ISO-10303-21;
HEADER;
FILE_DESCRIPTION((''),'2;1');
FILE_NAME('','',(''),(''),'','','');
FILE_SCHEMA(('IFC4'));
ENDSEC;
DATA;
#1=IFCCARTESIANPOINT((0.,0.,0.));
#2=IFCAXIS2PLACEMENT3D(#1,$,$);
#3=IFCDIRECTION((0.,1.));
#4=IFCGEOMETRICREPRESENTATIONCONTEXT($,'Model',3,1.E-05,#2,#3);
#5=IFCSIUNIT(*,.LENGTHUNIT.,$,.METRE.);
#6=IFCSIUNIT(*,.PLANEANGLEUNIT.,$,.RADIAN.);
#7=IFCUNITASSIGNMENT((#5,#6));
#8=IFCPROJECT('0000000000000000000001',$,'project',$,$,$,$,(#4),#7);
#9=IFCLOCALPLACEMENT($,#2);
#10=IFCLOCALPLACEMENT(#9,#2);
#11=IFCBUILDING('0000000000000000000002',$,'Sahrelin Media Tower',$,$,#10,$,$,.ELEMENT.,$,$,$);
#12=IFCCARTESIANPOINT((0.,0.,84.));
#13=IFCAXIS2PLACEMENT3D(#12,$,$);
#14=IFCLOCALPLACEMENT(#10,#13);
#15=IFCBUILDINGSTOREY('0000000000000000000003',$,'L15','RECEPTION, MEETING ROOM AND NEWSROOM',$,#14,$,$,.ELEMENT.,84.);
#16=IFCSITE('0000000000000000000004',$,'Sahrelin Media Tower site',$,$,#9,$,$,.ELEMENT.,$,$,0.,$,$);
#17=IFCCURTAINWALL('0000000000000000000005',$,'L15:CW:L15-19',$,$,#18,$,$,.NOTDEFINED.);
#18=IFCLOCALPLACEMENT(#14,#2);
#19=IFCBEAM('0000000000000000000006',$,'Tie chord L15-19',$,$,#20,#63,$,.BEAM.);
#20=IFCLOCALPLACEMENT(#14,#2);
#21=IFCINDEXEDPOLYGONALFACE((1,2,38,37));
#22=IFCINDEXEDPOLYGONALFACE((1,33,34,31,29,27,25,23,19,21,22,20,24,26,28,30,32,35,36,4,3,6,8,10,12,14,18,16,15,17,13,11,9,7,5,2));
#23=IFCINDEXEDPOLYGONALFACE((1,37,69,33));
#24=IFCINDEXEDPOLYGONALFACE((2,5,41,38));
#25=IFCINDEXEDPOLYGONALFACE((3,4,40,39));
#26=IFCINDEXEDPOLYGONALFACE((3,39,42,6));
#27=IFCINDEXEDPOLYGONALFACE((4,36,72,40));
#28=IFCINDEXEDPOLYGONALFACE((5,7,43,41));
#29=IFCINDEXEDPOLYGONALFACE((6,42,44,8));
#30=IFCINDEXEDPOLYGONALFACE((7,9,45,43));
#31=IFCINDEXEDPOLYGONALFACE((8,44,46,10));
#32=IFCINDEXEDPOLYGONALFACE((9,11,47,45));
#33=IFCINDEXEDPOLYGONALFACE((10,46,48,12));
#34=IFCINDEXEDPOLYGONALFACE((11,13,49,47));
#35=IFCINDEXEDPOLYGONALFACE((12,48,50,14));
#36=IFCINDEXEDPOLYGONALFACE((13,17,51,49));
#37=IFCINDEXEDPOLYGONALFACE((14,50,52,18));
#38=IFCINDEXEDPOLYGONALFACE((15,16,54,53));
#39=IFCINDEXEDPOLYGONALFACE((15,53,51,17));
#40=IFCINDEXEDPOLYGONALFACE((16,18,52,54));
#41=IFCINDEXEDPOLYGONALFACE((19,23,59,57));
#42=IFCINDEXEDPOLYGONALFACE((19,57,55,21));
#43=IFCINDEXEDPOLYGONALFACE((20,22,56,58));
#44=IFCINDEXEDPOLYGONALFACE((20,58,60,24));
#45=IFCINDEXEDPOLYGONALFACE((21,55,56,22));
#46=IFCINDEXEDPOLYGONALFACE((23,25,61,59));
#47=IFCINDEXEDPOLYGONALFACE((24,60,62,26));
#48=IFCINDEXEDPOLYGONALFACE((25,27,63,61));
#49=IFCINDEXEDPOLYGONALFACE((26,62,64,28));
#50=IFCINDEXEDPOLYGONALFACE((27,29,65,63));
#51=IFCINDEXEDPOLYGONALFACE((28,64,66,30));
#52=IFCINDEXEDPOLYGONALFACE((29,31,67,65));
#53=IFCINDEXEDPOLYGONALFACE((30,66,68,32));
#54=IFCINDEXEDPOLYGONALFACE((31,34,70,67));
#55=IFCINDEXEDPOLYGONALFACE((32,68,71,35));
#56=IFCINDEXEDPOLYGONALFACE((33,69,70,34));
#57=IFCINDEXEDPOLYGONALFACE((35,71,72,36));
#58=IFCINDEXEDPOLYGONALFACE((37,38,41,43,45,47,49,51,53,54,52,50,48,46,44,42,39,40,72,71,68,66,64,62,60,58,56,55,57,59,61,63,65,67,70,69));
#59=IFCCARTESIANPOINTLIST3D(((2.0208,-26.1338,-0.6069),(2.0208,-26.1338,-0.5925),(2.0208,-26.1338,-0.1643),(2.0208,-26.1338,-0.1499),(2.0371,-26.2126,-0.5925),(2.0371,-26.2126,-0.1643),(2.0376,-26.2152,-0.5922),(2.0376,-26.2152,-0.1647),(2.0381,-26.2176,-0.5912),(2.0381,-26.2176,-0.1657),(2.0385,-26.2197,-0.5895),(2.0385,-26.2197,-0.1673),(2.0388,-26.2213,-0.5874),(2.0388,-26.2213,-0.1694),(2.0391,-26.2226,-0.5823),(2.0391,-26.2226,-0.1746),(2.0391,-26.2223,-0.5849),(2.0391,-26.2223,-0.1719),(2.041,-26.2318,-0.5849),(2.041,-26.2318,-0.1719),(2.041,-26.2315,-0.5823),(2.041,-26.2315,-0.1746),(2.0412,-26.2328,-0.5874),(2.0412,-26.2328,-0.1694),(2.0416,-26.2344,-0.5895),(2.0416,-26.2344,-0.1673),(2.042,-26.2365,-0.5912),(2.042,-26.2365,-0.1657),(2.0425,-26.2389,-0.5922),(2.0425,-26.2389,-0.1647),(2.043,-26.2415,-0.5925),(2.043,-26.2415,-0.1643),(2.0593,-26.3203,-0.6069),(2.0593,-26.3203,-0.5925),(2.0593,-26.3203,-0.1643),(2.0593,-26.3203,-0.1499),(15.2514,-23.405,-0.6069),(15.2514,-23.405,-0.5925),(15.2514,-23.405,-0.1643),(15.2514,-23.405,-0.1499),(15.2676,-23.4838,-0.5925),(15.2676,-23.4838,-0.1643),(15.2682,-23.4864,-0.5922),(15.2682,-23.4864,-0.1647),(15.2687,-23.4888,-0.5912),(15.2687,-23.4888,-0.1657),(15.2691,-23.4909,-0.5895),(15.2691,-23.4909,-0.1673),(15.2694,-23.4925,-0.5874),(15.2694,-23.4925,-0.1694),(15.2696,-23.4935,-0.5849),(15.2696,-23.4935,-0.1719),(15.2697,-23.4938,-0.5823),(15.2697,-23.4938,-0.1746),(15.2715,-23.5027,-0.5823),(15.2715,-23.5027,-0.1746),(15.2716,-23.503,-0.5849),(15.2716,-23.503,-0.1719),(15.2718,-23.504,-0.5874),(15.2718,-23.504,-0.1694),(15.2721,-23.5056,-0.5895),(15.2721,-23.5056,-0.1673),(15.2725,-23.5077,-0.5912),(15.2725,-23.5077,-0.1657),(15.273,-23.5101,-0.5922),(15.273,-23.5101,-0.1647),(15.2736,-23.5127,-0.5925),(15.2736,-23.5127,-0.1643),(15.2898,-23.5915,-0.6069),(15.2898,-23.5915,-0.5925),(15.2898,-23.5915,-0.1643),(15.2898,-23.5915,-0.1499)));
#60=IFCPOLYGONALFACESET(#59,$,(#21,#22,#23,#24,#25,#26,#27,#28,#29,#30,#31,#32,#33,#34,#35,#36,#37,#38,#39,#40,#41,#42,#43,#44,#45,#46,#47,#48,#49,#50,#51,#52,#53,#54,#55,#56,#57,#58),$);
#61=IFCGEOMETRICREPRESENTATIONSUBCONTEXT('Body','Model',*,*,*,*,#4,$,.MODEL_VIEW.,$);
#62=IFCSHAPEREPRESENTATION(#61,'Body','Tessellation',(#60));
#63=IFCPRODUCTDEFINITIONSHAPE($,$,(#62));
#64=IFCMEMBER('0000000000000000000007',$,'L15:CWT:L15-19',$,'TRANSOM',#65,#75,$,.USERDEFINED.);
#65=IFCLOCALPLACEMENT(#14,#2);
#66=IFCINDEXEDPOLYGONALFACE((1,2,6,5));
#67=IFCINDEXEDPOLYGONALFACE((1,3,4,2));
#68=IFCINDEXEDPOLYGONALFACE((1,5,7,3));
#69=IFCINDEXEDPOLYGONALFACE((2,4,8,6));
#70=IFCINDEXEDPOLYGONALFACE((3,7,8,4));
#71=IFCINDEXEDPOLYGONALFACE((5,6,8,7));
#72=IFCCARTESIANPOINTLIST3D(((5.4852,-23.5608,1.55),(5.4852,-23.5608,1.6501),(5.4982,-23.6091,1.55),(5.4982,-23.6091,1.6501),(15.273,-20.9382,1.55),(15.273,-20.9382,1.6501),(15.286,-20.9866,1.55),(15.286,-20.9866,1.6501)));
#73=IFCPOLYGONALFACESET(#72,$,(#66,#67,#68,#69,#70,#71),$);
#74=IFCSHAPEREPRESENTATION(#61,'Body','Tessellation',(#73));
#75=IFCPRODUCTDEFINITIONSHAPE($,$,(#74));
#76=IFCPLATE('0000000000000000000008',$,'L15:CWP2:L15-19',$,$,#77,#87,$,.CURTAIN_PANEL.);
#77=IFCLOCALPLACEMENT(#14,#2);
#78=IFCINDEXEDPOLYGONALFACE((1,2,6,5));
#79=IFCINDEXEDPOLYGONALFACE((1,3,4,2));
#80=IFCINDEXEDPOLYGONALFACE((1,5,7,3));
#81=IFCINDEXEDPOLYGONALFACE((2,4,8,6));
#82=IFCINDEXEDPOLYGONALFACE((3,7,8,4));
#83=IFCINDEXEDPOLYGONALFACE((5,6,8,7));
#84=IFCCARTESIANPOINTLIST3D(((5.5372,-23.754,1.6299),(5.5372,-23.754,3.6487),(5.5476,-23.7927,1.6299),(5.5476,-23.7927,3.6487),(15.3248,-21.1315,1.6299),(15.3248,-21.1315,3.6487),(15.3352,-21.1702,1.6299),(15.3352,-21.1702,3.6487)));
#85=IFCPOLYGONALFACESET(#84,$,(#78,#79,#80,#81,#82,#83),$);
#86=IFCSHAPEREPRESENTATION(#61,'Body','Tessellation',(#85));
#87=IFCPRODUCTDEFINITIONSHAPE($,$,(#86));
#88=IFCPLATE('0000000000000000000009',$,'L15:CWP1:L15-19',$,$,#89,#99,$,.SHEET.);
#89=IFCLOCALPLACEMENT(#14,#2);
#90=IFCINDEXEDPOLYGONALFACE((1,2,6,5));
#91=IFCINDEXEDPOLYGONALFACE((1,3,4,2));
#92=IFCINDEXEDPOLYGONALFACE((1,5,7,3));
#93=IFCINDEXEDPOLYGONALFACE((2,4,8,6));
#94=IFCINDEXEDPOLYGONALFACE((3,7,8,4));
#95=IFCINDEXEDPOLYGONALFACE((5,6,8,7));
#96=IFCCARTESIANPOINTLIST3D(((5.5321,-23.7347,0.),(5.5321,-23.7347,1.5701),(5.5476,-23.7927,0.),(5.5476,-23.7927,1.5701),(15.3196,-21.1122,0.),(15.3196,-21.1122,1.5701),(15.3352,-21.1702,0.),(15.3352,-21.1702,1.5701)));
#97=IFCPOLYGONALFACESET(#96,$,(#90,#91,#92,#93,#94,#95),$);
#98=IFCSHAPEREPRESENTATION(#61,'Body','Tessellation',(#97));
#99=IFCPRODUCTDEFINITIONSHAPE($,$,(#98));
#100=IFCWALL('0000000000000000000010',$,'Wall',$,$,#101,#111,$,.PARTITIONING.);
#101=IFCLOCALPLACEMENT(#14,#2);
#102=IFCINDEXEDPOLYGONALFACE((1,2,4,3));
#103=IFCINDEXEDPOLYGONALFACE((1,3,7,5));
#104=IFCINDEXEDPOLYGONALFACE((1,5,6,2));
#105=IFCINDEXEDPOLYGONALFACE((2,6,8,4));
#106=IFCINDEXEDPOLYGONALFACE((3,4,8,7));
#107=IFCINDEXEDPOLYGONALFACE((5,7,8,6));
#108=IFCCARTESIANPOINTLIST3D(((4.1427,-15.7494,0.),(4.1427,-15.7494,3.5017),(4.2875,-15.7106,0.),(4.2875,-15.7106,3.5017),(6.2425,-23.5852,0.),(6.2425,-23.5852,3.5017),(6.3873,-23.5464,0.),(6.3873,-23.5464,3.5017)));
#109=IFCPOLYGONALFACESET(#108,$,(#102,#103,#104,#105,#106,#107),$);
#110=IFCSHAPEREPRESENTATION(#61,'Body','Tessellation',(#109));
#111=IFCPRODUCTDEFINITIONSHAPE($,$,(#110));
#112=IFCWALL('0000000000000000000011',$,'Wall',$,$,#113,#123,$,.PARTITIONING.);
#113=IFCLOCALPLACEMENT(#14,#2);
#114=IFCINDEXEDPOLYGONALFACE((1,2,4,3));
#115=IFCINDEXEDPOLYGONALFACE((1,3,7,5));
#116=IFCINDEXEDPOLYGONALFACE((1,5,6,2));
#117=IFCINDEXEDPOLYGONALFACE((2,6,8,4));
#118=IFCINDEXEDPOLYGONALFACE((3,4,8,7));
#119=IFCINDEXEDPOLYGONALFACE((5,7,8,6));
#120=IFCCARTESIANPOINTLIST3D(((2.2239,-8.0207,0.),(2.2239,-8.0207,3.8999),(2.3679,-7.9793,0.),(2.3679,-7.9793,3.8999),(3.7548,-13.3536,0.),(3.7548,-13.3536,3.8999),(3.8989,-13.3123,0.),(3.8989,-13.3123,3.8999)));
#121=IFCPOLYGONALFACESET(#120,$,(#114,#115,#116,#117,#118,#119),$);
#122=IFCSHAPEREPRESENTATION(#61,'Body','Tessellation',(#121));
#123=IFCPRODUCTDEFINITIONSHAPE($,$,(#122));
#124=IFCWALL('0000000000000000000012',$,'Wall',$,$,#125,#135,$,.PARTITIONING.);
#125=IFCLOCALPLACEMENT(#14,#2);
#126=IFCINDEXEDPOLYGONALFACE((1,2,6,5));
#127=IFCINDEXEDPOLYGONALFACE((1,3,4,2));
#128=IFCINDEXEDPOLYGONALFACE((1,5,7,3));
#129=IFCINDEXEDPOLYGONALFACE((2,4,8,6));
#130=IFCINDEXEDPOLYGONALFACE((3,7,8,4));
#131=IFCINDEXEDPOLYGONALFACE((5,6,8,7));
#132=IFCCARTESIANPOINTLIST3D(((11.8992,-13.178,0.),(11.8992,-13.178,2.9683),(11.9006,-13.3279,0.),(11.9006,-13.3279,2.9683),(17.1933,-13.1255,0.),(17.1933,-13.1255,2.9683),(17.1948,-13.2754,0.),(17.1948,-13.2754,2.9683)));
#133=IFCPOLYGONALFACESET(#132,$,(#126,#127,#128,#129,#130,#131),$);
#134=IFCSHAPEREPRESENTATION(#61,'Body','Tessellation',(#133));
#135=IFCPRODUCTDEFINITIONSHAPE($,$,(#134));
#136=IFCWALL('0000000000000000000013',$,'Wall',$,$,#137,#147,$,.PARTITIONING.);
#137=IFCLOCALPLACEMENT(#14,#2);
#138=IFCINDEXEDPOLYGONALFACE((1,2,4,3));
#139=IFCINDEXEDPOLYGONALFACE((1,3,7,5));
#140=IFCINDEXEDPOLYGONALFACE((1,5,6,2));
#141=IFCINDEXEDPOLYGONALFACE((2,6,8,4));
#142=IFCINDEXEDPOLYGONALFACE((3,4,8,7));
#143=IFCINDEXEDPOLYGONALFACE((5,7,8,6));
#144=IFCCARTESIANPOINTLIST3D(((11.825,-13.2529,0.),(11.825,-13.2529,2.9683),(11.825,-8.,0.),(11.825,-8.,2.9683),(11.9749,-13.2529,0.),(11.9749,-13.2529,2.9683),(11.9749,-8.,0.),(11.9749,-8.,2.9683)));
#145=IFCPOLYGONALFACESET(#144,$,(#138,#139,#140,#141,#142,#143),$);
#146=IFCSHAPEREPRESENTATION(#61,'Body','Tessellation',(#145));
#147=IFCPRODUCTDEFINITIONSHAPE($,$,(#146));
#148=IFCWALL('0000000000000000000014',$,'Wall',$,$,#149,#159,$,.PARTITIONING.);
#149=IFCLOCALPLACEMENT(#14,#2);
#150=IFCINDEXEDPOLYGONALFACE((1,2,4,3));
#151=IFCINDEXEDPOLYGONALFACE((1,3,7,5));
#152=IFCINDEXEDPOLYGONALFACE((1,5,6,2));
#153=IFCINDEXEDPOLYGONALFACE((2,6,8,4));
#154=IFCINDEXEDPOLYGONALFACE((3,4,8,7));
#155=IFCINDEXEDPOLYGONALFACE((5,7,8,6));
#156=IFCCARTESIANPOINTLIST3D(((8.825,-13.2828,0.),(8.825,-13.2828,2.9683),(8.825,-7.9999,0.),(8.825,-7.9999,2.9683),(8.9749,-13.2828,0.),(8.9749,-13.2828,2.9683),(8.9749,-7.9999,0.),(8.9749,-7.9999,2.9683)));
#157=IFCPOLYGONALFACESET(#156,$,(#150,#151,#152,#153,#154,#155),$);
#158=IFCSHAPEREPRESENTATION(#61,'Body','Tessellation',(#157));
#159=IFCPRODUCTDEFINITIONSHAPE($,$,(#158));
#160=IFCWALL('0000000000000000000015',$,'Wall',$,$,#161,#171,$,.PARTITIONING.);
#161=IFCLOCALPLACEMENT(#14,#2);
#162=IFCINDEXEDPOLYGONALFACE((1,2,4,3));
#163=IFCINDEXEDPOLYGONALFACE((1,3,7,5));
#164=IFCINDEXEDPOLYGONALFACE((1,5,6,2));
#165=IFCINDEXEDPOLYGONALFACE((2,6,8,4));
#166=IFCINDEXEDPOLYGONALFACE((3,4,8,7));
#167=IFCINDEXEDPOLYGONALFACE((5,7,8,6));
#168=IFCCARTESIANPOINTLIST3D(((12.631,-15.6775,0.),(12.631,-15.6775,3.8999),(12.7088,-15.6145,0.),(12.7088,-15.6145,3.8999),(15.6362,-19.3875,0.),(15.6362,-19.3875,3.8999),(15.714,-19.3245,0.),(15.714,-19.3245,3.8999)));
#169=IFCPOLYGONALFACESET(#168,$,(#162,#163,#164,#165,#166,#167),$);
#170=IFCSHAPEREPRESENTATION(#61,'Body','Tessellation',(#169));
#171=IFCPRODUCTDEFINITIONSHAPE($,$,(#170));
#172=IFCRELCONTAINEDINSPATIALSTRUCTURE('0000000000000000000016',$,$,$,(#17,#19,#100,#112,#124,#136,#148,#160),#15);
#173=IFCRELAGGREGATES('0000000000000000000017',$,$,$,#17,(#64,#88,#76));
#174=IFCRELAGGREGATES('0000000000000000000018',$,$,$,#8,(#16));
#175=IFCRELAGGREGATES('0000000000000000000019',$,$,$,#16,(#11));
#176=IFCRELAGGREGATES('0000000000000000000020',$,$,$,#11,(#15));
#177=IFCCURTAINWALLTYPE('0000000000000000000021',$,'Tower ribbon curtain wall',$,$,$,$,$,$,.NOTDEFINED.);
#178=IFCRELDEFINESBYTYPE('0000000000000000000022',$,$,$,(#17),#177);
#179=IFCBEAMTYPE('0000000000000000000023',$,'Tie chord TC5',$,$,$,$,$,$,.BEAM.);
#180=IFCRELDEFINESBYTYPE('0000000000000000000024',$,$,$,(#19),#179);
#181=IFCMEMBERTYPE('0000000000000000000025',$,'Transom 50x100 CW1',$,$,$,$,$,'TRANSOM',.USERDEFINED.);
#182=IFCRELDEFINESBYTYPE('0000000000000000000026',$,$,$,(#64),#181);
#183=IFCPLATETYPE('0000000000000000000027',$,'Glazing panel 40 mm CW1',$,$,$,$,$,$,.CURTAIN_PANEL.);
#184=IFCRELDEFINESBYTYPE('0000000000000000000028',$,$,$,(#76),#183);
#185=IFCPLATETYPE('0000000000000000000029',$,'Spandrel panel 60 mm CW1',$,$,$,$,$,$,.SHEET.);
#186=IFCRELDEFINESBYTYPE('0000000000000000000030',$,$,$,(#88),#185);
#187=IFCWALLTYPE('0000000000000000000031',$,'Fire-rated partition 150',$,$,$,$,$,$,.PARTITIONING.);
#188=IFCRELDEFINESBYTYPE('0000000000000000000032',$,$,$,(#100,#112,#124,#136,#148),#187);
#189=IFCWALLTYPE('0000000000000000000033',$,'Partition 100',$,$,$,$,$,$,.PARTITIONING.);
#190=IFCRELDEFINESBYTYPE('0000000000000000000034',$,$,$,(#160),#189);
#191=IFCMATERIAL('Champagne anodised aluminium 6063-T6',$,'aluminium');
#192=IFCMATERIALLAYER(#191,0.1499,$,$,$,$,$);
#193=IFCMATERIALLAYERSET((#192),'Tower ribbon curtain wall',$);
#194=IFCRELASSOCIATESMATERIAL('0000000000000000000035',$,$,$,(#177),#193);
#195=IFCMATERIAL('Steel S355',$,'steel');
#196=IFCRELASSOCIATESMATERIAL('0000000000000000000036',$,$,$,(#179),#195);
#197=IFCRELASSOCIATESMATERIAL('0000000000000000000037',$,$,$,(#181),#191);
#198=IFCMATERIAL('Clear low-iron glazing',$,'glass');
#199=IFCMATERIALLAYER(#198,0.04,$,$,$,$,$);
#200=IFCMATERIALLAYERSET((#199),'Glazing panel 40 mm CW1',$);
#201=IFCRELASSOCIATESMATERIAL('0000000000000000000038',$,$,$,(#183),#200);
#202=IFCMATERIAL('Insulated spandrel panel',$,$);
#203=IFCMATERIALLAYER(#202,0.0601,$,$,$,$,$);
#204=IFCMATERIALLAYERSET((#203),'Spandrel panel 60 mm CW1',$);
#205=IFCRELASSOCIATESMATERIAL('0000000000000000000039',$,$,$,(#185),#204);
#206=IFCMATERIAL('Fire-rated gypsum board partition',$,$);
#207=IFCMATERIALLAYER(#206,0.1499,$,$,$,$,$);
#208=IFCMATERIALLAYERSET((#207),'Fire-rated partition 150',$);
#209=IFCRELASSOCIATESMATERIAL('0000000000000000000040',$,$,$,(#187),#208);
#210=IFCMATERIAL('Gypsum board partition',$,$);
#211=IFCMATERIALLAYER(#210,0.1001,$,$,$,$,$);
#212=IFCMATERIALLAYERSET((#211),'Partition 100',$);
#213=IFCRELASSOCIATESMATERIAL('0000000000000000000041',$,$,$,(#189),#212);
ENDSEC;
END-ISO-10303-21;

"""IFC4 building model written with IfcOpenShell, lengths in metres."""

from ifc_helpers import new_model, si_unit, direction, frame, frame_2d, origin, origin_2d, place, context, subcontext, project, spatial, polyline, rectangle, i_section, outline, extrude, material, layer, layer_set, material_profile, profile_set, type_object, element, aggregate, save


model = new_model("IFC4")

# Units and contexts
model_context = context("Model", 3, precision=1e-05, world=origin(), true_north=direction((0.0, 1.0)))
body_context = subcontext(model_context, "Body", "Model", "MODEL_VIEW")
ifc_project = project(units=[si_unit("LENGTHUNIT", "METRE"), si_unit("PLANEANGLEUNIT", "RADIAN")], contexts=[model_context])

# Site, building, storey
site_placement = place(None, origin())
site = spatial("IfcSite", under=ifc_project, at=site_placement, Name="Sahrelin Media Tower site", CompositionType="ELEMENT", RefElevation=0.0)
building_placement = place(site_placement, origin())
building = spatial("IfcBuilding", under=site, at=building_placement, Name="Sahrelin Media Tower", CompositionType="ELEMENT")
storey_placement = place(building_placement, frame((0.0, 0.0, 84.0)))
storey = spatial("IfcBuildingStorey", under=building, at=storey_placement, Name="L15", Description="RECEPTION, MEETING ROOM AND NEWSROOM", CompositionType="ELEMENT", Elevation=84.0)

# Shared definitions
ifc_material_1 = material(Name="Steel S355", Category="steel")

# Curtain wall
ifc_material_2 = material(Name="Champagne anodised aluminium 6063-T6", Category="aluminium")
ifc_layer_1 = layer(ifc_material_2, 0.1499)
ifc_layer_set_1 = layer_set([ifc_layer_1], Name="Tower ribbon curtain wall")
curtain_wall_type = type_object("IfcCurtainWallType", Name="Tower ribbon curtain wall", PredefinedType="NOTDEFINED", material=ifc_layer_set_1)
curtain_wall_1_placement = place(storey_placement, frame((10.4363, -22.4619, 0.0), z_axis=(0.0, 0.0, 1.0), x_axis=(1.0, 0.0, 0.0)))
curtain_wall_1 = element("IfcCurtainWall", 1, at=curtain_wall_1_placement, inside=storey, type_object=curtain_wall_type, Name="L15:CW:L15-19", PredefinedType="NOTDEFINED")

# Beam
ifc_material_profile_1 = material_profile(ifc_material_1, i_section(OverallWidth=0.1904, OverallDepth=0.457, WebThickness=0.009, FlangeThickness=0.0144, FilletRadius=0.0103, at=origin_2d()), Name="UB 457x191x74")
ifc_profile_set_1 = profile_set([ifc_material_profile_1], Name="Steel S355")
beam_type_1 = type_object("IfcBeamType", Name="Tie chord TC5", PredefinedType="BEAM", material=ifc_profile_set_1)
beam_1_placement = place(storey_placement, frame((2.04, -26.2271, -0.3784), z_axis=(0.979386, 0.201997, 0.0), x_axis=(-0.201997, 0.979386, 0.0)))
element("IfcBeam", 2, at=beam_1_placement, inside=storey, type_object=beam_type_1, Name="Tie chord L15-19", PredefinedType="BEAM", context=body_context, shape_type="SweptSolid", body=[
    extrude(i_section(OverallWidth=0.1904, OverallDepth=0.457, WebThickness=0.009, FlangeThickness=0.0144, FilletRadius=0.0103, at=origin_2d()), origin(), (0.0, 0.0, 1.0), 13.509),
])

# Member
ifc_material_profile_2 = material_profile(ifc_material_2, rectangle(XDim=0.05, YDim=0.1001, at=origin_2d()), Name="Transom 50x100")
ifc_profile_set_2 = profile_set([ifc_material_profile_2], Name="Champagne anodised aluminium 6063-T6")
member_type_1 = type_object("IfcMemberType", Name="Transom 50x100 CW1", ElementType="TRANSOM", PredefinedType="USERDEFINED", material=ifc_profile_set_2)
member_1_placement = place(storey_placement, frame((5.4917, -23.585, 1.6001), z_axis=(0.965928, 0.258811, 0.0), x_axis=(-0.258811, 0.965928, 0.0)))
member_1 = element("IfcMember", 3, at=member_1_placement, type_object=member_type_1, Name="L15:CWT:L15-19", ObjectType="TRANSOM", PredefinedType="USERDEFINED", context=body_context, shape_type="SweptSolid", body=[
    extrude(rectangle(XDim=0.05, YDim=0.1001, at=origin_2d()), origin(), (0.0, 0.0, 1.0), 10.1331),
])

# Plates
ifc_material_3 = material(Name="Clear low-iron glazing", Category="glass")
ifc_layer_2 = layer(ifc_material_3, 0.04)
ifc_layer_set_2 = layer_set([ifc_layer_2], Name="Glazing panel 40 mm CW1")
plate_type_1 = type_object("IfcPlateType", Name="Glazing panel 40 mm CW1", PredefinedType="CURTAIN_PANEL", material=ifc_layer_set_2)
plate_1_placement = place(storey_placement, frame((5.5476, -23.7927, 1.6299), z_axis=(0.258817, -0.965926, 0.0), x_axis=(0.965926, 0.258817, 0.0)))
plate_1 = element("IfcPlate", 4, at=plate_1_placement, type_object=plate_type_1, Name="L15:CWP2:L15-19", PredefinedType="CURTAIN_PANEL", context=body_context, shape_type="SweptSolid", body=[
    extrude(outline(polyline([(0.0, 0.0), (10.1328, 0.0), (10.1328, 2.0188), (0.0, 2.0188), (0.0, 0.0)])), origin(), (0.0, 0.0, -1.0), 0.04),
])
ifc_material_4 = material(Name="Insulated spandrel panel")
ifc_layer_3 = layer(ifc_material_4, 0.0601)
ifc_layer_set_3 = layer_set([ifc_layer_3], Name="Spandrel panel 60 mm CW1")
plate_type_2 = type_object("IfcPlateType", Name="Spandrel panel 60 mm CW1", PredefinedType="SHEET", material=ifc_layer_set_3)
plate_2_placement = place(storey_placement, frame((5.5476, -23.7927, 0.0), z_axis=(0.258817, -0.965926, 0.0), x_axis=(0.965926, 0.258817, 0.0)))
plate_2 = element("IfcPlate", 5, at=plate_2_placement, type_object=plate_type_2, Name="L15:CWP1:L15-19", PredefinedType="SHEET", context=body_context, shape_type="SweptSolid", body=[
    extrude(outline(polyline([(0.0, 0.0), (10.1328, 0.0), (10.1328, 1.5701), (0.0, 1.5701), (0.0, 0.0)])), origin(), (0.0, 0.0, -1.0), 0.0601),
])
aggregate(curtain_wall_1, [member_1, plate_2, plate_1])

# Walls
ifc_material_5 = material(Name="Fire-rated gypsum board partition")
ifc_layer_4 = layer(ifc_material_5, 0.1499)
ifc_layer_set_4 = layer_set([ifc_layer_4], Name="Fire-rated partition 150")
wall_type_1 = type_object("IfcWallType", Name="Fire-rated partition 150", PredefinedType="PARTITIONING", material=ifc_layer_set_4)
wall_1_placement = place(storey_placement, frame((4.2151, -15.73, 0.0), z_axis=(0.0, 0.0, 1.0), x_axis=(0.258844, -0.965919, 0.0)))
element("IfcWall", 6, at=wall_1_placement, inside=storey, type_object=wall_type_1, Name="Wall", PredefinedType="PARTITIONING", context=body_context, shape_type="SweptSolid", body=[
    extrude(rectangle(XDim=8.1123, YDim=0.1499, at=frame_2d((4.0562, 0.0))), origin(), (0.0, 0.0, 1.0), 3.5017),
])
wall_2_placement = place(storey_placement, frame((2.2959, -8.0, 0.0), z_axis=(0.0, 0.0, 1.0), x_axis=(0.275936, -0.961176, 0.0)))
element("IfcWall", 7, at=wall_2_placement, inside=storey, type_object=wall_type_1, Name="Wall", PredefinedType="PARTITIONING", context=body_context, shape_type="SweptSolid", body=[
    extrude(rectangle(XDim=5.5483, YDim=0.1499, at=frame_2d((2.7742, 0.0))), origin(), (0.0, 0.0, 1.0), 3.8999),
])
wall_3_placement = place(storey_placement, frame((11.8999, -13.2529, 0.0), z_axis=(0.0, 0.0, 1.0), x_axis=(0.999951, 0.009914, 0.0)))
element("IfcWall", 8, at=wall_3_placement, inside=storey, type_object=wall_type_1, Name="Wall", PredefinedType="PARTITIONING", context=body_context, shape_type="SweptSolid", body=[
    extrude(rectangle(XDim=5.2944, YDim=0.1499, at=frame_2d((2.6472, 0.0))), origin(), (0.0, 0.0, 1.0), 2.9683),
])
wall_4_placement = place(storey_placement, frame((11.8999, -13.2529, 0.0), z_axis=(0.0, 0.0, 1.0), x_axis=(0.0, 1.0, 0.0)))
element("IfcWall", 9, at=wall_4_placement, inside=storey, type_object=wall_type_1, Name="Wall", PredefinedType="PARTITIONING", context=body_context, shape_type="SweptSolid", body=[
    extrude(rectangle(XDim=5.2529, YDim=0.1499, at=frame_2d((2.6265, 0.0))), origin(), (0.0, 0.0, 1.0), 2.9683),
])
wall_5_placement = place(storey_placement, frame((8.8999, -13.283, 0.0), z_axis=(0.0, 0.0, 1.0), x_axis=(0.0, 1.0, 0.0)))
element("IfcWall", 10, at=wall_5_placement, inside=storey, type_object=wall_type_1, Name="Wall", PredefinedType="PARTITIONING", context=body_context, shape_type="SweptSolid", body=[
    extrude(rectangle(XDim=5.283, YDim=0.1499, at=frame_2d((2.6416, 0.0))), origin(), (0.0, 0.0, 1.0), 2.9683),
])
ifc_material_6 = material(Name="Gypsum board partition")
ifc_layer_5 = layer(ifc_material_6, 0.1001)
ifc_layer_set_5 = layer_set([ifc_layer_5], Name="Partition 100")
wall_type_2 = type_object("IfcWallType", Name="Partition 100", PredefinedType="PARTITIONING", material=ifc_layer_set_5)
wall_6_placement = place(storey_placement, frame((12.6699, -15.646, 0.0), z_axis=(0.0, 0.0, 1.0), x_axis=(0.629429, -0.777058, 0.0)))
element("IfcWall", 11, at=wall_6_placement, inside=storey, type_object=wall_type_2, Name="Wall", PredefinedType="PARTITIONING", context=body_context, shape_type="SweptSolid", body=[
    extrude(rectangle(XDim=4.7744, YDim=0.1001, at=frame_2d((2.3872, 0.0))), origin(), (0.0, 0.0, 1.0), 3.8999),
])

save(model, "model.ifc")
